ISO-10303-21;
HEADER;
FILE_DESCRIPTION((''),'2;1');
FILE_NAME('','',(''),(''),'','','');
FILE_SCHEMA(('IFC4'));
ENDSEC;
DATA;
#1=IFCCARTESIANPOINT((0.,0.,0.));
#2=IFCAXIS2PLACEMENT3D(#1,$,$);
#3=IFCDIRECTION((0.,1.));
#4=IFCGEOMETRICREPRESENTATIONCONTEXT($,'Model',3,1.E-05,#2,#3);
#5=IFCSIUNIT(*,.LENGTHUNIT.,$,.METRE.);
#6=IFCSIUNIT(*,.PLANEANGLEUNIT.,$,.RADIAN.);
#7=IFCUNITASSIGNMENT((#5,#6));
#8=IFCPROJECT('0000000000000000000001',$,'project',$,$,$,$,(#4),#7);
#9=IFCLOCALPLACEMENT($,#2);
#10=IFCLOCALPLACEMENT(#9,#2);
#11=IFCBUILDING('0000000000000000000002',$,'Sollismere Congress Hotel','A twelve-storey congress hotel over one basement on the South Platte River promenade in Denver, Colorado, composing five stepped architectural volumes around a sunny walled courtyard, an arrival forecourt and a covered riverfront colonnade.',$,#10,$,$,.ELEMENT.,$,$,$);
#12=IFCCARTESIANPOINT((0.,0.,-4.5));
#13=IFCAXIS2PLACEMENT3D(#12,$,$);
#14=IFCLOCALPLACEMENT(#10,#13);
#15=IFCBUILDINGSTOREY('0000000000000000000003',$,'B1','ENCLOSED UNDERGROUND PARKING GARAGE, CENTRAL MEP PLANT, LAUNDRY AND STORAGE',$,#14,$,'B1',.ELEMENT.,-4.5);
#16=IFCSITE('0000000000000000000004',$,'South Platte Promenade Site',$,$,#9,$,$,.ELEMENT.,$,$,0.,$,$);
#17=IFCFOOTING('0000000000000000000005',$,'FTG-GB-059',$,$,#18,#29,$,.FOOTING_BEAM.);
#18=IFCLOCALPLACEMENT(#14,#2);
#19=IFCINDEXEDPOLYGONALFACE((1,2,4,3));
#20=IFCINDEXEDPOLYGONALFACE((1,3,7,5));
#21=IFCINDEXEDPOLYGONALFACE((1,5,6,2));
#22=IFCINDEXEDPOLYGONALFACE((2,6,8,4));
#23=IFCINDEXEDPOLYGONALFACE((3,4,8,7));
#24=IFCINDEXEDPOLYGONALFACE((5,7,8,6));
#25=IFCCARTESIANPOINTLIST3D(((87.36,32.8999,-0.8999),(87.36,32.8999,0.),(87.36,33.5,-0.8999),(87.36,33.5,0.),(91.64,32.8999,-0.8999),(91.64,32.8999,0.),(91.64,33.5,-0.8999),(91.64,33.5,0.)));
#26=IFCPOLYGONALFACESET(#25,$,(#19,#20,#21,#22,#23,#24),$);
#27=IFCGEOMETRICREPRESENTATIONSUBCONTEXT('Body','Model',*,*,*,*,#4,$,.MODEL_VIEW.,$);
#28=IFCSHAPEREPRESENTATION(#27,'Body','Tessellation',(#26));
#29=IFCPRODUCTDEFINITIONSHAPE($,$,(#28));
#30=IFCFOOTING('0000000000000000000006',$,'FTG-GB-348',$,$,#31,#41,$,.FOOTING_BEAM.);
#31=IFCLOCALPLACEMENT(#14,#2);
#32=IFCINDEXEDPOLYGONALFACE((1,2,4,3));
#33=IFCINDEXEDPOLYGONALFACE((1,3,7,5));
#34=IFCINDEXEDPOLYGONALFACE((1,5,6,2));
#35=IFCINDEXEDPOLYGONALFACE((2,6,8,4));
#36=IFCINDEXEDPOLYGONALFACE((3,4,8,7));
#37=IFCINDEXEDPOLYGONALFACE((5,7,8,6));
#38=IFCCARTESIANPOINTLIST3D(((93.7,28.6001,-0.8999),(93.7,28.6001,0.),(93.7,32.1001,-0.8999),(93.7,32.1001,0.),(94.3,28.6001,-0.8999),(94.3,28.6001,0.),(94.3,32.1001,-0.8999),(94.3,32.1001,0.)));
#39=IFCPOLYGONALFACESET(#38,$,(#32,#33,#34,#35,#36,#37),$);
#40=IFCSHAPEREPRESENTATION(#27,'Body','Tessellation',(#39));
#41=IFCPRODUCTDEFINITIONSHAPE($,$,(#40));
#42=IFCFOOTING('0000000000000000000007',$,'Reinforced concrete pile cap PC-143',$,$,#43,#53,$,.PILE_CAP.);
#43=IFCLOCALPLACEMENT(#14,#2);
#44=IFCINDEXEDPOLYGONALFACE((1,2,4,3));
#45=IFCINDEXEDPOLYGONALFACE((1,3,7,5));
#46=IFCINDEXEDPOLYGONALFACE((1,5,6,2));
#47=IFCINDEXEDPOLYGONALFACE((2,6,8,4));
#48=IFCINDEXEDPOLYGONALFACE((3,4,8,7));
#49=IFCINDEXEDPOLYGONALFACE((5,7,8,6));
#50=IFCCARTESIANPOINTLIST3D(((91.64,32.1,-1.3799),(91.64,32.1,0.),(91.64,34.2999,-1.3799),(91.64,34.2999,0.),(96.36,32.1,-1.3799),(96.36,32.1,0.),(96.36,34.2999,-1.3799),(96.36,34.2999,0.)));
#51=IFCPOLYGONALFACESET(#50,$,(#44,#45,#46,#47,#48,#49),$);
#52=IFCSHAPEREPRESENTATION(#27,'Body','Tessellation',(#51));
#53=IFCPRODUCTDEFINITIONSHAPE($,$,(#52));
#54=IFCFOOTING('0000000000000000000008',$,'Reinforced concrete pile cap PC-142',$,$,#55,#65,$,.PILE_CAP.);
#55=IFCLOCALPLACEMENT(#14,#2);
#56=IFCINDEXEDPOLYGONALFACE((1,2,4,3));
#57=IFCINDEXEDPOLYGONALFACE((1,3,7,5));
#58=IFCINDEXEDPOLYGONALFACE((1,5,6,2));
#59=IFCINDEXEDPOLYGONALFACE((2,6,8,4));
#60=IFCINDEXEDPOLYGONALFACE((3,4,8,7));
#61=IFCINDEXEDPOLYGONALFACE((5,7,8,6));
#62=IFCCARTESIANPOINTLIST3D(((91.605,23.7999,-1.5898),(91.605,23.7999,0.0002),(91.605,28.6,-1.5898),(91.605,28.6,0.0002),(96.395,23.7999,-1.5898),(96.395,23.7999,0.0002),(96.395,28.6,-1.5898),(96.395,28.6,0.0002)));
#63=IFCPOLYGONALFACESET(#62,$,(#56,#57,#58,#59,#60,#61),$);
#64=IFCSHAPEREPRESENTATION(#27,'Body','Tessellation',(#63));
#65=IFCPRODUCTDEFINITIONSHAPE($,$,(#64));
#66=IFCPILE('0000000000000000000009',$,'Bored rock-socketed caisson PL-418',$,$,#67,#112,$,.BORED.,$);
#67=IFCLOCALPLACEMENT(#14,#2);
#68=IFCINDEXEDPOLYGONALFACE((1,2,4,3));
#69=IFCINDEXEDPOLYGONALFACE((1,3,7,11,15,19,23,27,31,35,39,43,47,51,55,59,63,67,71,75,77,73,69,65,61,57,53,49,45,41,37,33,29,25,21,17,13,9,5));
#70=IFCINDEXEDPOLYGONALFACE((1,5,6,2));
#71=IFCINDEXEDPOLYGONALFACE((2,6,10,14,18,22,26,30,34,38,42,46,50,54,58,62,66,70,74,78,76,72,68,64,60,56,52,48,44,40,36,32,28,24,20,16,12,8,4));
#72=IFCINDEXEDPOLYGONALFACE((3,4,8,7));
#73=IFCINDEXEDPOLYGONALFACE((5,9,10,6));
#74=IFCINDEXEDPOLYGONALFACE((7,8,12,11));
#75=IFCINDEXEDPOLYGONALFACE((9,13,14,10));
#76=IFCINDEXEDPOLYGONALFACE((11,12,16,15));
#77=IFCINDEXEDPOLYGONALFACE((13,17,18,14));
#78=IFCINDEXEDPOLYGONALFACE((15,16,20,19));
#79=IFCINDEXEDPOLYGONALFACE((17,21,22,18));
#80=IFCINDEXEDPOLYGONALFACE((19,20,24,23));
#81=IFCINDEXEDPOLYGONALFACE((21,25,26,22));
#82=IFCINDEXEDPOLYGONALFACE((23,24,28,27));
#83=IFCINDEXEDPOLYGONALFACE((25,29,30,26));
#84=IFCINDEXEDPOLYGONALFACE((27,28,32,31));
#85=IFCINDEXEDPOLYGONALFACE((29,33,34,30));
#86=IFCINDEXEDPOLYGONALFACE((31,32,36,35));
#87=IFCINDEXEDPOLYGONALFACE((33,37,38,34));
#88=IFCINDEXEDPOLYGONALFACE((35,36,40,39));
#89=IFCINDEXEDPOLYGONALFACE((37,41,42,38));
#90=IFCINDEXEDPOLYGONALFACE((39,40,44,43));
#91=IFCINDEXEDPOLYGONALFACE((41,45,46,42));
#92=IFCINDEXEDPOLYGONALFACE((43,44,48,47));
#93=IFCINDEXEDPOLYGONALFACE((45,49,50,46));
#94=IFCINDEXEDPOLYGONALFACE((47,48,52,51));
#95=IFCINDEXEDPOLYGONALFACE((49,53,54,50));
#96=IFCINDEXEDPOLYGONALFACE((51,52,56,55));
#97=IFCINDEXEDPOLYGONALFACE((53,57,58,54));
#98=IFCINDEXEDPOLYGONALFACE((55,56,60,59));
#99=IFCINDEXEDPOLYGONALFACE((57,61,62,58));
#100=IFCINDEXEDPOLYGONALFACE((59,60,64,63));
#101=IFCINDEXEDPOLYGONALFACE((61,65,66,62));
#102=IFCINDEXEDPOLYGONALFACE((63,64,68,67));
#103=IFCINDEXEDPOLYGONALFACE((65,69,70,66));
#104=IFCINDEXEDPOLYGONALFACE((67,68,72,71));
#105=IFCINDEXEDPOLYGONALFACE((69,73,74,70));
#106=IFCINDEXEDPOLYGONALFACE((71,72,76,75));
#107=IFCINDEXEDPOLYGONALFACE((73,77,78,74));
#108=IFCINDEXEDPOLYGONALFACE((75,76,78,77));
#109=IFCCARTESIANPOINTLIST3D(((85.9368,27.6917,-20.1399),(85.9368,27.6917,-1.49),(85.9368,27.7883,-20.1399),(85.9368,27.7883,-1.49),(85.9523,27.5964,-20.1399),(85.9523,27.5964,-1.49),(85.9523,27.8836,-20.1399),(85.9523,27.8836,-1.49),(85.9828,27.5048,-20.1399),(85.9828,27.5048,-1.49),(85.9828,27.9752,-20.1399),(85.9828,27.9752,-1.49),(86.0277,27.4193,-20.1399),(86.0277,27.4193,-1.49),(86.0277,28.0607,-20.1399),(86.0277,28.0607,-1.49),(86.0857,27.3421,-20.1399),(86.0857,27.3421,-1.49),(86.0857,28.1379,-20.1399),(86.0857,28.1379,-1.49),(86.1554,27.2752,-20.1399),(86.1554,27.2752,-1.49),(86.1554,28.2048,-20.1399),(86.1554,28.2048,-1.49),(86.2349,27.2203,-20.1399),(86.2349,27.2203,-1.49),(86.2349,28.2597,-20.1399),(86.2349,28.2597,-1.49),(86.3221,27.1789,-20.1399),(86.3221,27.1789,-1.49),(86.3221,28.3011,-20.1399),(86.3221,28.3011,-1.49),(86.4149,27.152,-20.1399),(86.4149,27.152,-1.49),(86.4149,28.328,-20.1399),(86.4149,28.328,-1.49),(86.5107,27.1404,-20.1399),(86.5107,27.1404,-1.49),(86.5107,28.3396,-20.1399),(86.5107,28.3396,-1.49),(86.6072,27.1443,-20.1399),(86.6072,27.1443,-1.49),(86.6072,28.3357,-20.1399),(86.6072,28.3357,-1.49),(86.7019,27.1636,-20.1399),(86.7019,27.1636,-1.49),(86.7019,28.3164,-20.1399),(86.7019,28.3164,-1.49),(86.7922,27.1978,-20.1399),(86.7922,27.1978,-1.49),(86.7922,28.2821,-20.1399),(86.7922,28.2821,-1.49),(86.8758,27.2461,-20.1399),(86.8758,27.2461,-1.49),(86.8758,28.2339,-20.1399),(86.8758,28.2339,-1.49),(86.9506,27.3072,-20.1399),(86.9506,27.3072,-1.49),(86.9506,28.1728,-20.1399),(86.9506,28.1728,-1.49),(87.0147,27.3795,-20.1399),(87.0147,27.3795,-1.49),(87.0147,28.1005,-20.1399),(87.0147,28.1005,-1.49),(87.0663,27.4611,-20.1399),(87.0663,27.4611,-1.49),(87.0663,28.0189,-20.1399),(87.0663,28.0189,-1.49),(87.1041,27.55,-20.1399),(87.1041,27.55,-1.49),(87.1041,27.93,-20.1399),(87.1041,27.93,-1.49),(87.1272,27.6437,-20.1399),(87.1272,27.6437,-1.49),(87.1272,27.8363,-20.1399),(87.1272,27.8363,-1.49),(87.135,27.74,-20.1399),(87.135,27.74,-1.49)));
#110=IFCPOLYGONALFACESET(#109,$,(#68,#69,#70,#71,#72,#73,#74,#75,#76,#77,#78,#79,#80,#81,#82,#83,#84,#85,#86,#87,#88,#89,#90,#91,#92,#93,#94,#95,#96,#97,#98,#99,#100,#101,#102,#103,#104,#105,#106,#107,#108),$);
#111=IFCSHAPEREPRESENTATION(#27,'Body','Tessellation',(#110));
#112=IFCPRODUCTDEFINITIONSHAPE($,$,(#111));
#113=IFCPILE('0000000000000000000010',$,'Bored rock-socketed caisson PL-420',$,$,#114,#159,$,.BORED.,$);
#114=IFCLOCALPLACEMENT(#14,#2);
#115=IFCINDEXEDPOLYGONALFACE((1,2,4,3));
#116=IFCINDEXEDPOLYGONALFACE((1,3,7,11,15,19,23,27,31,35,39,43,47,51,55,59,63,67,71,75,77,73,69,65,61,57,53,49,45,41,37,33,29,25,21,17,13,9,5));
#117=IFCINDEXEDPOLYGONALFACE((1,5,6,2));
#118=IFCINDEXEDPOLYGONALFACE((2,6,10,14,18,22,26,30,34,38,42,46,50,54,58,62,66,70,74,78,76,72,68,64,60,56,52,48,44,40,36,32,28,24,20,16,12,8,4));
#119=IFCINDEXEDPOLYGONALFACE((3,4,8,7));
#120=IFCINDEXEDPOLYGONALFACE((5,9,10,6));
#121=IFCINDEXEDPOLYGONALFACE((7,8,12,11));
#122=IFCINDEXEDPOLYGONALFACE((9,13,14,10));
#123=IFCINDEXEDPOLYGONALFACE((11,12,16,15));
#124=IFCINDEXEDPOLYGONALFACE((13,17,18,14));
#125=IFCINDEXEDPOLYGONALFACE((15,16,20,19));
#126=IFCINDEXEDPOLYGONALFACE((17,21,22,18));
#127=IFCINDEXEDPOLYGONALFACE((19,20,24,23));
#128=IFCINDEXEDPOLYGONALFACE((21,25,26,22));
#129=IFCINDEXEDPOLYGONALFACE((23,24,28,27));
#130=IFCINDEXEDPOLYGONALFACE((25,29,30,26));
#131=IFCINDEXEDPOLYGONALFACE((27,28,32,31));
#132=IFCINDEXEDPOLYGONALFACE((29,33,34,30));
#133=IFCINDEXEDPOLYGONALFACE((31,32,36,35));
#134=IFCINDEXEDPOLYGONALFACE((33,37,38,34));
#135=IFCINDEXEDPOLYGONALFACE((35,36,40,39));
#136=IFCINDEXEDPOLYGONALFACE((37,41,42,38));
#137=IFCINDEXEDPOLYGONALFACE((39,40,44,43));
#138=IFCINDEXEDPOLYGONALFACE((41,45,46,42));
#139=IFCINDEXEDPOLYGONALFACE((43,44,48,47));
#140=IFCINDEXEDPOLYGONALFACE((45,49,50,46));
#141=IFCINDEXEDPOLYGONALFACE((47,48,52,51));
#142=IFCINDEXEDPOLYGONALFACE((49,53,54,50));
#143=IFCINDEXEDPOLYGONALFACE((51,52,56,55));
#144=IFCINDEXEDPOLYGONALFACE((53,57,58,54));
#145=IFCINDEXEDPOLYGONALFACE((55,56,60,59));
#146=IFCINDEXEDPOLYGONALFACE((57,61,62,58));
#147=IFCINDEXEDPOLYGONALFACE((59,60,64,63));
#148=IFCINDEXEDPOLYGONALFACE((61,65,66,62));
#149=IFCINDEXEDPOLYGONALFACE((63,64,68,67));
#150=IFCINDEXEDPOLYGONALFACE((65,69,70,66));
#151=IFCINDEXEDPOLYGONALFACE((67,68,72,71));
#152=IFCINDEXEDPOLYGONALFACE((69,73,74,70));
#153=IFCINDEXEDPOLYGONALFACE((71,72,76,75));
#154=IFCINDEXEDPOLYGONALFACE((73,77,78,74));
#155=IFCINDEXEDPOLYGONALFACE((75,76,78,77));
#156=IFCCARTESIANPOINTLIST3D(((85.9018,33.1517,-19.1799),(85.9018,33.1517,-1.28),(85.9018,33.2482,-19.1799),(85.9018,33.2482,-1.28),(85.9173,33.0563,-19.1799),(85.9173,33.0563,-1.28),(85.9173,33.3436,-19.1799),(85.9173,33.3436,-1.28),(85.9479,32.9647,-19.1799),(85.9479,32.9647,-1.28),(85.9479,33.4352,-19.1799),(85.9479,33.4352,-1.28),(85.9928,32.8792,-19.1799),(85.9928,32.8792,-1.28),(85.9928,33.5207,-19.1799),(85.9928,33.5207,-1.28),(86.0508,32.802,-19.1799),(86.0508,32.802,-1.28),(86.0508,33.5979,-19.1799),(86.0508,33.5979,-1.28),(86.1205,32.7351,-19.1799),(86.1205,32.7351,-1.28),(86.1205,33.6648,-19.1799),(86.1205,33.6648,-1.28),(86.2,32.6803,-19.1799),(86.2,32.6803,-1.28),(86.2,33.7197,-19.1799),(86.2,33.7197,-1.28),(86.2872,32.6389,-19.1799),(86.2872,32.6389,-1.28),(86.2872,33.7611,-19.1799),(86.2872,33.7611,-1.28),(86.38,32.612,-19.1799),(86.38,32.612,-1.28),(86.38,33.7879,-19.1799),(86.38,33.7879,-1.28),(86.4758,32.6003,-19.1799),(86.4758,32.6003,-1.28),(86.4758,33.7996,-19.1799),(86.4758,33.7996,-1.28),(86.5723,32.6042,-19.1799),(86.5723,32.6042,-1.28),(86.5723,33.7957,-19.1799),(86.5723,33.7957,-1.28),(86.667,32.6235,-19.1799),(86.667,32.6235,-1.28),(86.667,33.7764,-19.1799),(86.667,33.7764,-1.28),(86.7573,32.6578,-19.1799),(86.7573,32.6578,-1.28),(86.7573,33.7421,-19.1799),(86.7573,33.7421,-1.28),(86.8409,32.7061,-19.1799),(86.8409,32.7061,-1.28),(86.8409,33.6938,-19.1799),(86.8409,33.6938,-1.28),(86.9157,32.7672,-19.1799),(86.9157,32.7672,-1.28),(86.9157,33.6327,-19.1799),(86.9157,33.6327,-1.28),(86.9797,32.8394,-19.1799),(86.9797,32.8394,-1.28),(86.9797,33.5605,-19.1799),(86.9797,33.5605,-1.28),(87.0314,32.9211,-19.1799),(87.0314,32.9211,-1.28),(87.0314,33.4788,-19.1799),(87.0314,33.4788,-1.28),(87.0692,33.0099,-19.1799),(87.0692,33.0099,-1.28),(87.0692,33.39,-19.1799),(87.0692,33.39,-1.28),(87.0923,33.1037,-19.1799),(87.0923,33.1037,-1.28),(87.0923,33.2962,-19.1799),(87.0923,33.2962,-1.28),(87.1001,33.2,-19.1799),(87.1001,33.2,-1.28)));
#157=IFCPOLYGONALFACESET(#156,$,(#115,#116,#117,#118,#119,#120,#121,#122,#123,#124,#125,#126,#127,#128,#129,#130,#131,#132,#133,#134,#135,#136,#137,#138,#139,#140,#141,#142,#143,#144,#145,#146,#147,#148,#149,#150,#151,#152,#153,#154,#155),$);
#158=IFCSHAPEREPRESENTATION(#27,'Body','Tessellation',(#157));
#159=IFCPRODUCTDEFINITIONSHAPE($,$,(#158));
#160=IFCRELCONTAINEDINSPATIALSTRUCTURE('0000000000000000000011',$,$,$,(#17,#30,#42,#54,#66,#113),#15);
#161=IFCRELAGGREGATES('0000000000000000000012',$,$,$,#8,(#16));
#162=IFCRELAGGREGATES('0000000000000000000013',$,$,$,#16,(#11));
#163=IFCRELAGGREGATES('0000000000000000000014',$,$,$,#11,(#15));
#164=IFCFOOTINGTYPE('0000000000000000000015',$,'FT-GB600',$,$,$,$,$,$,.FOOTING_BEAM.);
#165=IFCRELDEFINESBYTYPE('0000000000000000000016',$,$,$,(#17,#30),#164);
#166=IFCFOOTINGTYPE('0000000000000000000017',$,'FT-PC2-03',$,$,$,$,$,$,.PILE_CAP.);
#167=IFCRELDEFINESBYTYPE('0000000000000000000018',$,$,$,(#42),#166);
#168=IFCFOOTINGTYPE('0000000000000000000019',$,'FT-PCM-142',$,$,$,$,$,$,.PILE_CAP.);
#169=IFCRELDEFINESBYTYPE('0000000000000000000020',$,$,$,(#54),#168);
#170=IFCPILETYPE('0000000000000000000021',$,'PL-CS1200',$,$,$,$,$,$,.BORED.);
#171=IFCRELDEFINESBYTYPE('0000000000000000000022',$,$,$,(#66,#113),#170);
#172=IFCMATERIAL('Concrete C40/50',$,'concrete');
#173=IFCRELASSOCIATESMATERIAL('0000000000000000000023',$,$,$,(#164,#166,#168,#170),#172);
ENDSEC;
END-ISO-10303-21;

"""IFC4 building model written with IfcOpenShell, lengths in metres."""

from ifc_helpers import new_model, si_unit, direction, frame, origin, origin_2d, place, context, subcontext, project, spatial, rectangle, circle, extrude, material, material_profile, profile_set, type_object, element, save


model = new_model("IFC4")

# Units and contexts
model_context = context("Model", 3, precision=1e-05, world=origin(), true_north=direction((0.0, 1.0)))
body_context = subcontext(model_context, "Body", "Model", "MODEL_VIEW")
ifc_project = project(units=[si_unit("LENGTHUNIT", "METRE"), si_unit("PLANEANGLEUNIT", "RADIAN")], contexts=[model_context])

# Site, building, storey
site_placement = place(None, origin())
site = spatial("IfcSite", under=ifc_project, at=site_placement, Name="South Platte Promenade Site", CompositionType="ELEMENT", RefElevation=0.0)
building_placement = place(site_placement, origin())
building = spatial("IfcBuilding", under=site, at=building_placement, Name="Sollismere Congress Hotel", Description="A twelve-storey congress hotel over one basement on the South Platte River promenade in Denver, Colorado, composing five stepped architectural volumes around a sunny walled courtyard, an arrival forecourt and a covered riverfront colonnade.", CompositionType="ELEMENT")
storey_placement = place(building_placement, frame((0.0, 0.0, -4.5)))
storey = spatial("IfcBuildingStorey", under=building, at=storey_placement, Name="B1", Description="ENCLOSED UNDERGROUND PARKING GARAGE, CENTRAL MEP PLANT, LAUNDRY AND STORAGE", LongName="B1", CompositionType="ELEMENT", Elevation=-4.5)

# Footings
ifc_material_1 = material(Name="Concrete C40/50", Category="concrete")
footing_type_1 = type_object("IfcFootingType", Name="FT-GB600", PredefinedType="FOOTING_BEAM", material=ifc_material_1)
footing_1_placement = place(storey_placement, frame((89.5, 33.2, -0.8999), z_axis=(0.0, 0.0, 1.0), x_axis=(1.0, 0.0, 0.0)))
element("IfcFooting", 1, at=footing_1_placement, inside=storey, type_object=footing_type_1, Name="FTG-GB-059", PredefinedType="FOOTING_BEAM", context=body_context, shape_type="SweptSolid", body=[
    extrude(rectangle(XDim=4.28, YDim=0.6001, at=origin_2d()), origin(), (0.0, 0.0, 1.0), 0.8999),
])
footing_2_placement = place(storey_placement, frame((94.0, 30.3501, -0.8999), z_axis=(0.0, 0.0, 1.0), x_axis=(0.0, 1.0, 0.0)))
element("IfcFooting", 2, at=footing_2_placement, inside=storey, type_object=footing_type_1, Name="FTG-GB-348", PredefinedType="FOOTING_BEAM", context=body_context, shape_type="SweptSolid", body=[
    extrude(rectangle(XDim=3.5, YDim=0.6001, at=origin_2d()), origin(), (0.0, 0.0, 1.0), 0.8999),
])
footing_type_2 = type_object("IfcFootingType", Name="FT-PC2-03", PredefinedType="PILE_CAP", material=ifc_material_1)
footing_3_placement = place(storey_placement, frame((94.0, 33.2, -1.3799), z_axis=(0.0, 0.0, 1.0), x_axis=(1.0, 0.0, 0.0)))
element("IfcFooting", 3, at=footing_3_placement, inside=storey, type_object=footing_type_2, Name="Reinforced concrete pile cap PC-143", PredefinedType="PILE_CAP", context=body_context, shape_type="SweptSolid", body=[
    extrude(rectangle(XDim=4.72, YDim=2.2, at=origin_2d()), origin(), (0.0, 0.0, 1.0), 1.3799),
])
footing_type_3 = type_object("IfcFootingType", Name="FT-PCM-142", PredefinedType="PILE_CAP", material=ifc_material_1)
footing_4_placement = place(storey_placement, frame((94.0, 26.2, -1.5898), z_axis=(0.0, 0.0, 1.0), x_axis=(1.0, 0.0, 0.0)))
element("IfcFooting", 4, at=footing_4_placement, inside=storey, type_object=footing_type_3, Name="Reinforced concrete pile cap PC-142", PredefinedType="PILE_CAP", context=body_context, shape_type="SweptSolid", body=[
    extrude(rectangle(XDim=4.79, YDim=4.8, at=origin_2d()), origin(), (0.0, 0.0, 1.0), 1.5901),
])

# Piles
ifc_material_profile_1 = material_profile(ifc_material_1, circle(Radius=0.6001, at=origin_2d()), Name="CAISSON1200")
ifc_profile_set_1 = profile_set([ifc_material_profile_1], Name="Concrete C40/50")
pile_type = type_object("IfcPileType", Name="PL-CS1200", PredefinedType="BORED", material=ifc_profile_set_1)
pile_1_placement = place(storey_placement, frame((86.5349, 27.74, -1.49), z_axis=(0.0, 0.0, -1.0), x_axis=(1.0, 0.0, 0.0)))
element("IfcPile", 5, at=pile_1_placement, inside=storey, type_object=pile_type, Name="Bored rock-socketed caisson PL-418", PredefinedType="BORED", context=body_context, shape_type="SweptSolid", body=[
    extrude(circle(Radius=0.6001, at=origin_2d()), origin(), (0.0, 0.0, 1.0), 18.6499),
])
pile_2_placement = place(storey_placement, frame((86.5, 33.2, -1.28), z_axis=(0.0, 0.0, -1.0), x_axis=(1.0, 0.0, 0.0)))
element("IfcPile", 6, at=pile_2_placement, inside=storey, type_object=pile_type, Name="Bored rock-socketed caisson PL-420", PredefinedType="BORED", context=body_context, shape_type="SweptSolid", body=[
    extrude(circle(Radius=0.6001, at=origin_2d()), origin(), (0.0, 0.0, 1.0), 17.8999),
])

save(model, "model.ifc")
